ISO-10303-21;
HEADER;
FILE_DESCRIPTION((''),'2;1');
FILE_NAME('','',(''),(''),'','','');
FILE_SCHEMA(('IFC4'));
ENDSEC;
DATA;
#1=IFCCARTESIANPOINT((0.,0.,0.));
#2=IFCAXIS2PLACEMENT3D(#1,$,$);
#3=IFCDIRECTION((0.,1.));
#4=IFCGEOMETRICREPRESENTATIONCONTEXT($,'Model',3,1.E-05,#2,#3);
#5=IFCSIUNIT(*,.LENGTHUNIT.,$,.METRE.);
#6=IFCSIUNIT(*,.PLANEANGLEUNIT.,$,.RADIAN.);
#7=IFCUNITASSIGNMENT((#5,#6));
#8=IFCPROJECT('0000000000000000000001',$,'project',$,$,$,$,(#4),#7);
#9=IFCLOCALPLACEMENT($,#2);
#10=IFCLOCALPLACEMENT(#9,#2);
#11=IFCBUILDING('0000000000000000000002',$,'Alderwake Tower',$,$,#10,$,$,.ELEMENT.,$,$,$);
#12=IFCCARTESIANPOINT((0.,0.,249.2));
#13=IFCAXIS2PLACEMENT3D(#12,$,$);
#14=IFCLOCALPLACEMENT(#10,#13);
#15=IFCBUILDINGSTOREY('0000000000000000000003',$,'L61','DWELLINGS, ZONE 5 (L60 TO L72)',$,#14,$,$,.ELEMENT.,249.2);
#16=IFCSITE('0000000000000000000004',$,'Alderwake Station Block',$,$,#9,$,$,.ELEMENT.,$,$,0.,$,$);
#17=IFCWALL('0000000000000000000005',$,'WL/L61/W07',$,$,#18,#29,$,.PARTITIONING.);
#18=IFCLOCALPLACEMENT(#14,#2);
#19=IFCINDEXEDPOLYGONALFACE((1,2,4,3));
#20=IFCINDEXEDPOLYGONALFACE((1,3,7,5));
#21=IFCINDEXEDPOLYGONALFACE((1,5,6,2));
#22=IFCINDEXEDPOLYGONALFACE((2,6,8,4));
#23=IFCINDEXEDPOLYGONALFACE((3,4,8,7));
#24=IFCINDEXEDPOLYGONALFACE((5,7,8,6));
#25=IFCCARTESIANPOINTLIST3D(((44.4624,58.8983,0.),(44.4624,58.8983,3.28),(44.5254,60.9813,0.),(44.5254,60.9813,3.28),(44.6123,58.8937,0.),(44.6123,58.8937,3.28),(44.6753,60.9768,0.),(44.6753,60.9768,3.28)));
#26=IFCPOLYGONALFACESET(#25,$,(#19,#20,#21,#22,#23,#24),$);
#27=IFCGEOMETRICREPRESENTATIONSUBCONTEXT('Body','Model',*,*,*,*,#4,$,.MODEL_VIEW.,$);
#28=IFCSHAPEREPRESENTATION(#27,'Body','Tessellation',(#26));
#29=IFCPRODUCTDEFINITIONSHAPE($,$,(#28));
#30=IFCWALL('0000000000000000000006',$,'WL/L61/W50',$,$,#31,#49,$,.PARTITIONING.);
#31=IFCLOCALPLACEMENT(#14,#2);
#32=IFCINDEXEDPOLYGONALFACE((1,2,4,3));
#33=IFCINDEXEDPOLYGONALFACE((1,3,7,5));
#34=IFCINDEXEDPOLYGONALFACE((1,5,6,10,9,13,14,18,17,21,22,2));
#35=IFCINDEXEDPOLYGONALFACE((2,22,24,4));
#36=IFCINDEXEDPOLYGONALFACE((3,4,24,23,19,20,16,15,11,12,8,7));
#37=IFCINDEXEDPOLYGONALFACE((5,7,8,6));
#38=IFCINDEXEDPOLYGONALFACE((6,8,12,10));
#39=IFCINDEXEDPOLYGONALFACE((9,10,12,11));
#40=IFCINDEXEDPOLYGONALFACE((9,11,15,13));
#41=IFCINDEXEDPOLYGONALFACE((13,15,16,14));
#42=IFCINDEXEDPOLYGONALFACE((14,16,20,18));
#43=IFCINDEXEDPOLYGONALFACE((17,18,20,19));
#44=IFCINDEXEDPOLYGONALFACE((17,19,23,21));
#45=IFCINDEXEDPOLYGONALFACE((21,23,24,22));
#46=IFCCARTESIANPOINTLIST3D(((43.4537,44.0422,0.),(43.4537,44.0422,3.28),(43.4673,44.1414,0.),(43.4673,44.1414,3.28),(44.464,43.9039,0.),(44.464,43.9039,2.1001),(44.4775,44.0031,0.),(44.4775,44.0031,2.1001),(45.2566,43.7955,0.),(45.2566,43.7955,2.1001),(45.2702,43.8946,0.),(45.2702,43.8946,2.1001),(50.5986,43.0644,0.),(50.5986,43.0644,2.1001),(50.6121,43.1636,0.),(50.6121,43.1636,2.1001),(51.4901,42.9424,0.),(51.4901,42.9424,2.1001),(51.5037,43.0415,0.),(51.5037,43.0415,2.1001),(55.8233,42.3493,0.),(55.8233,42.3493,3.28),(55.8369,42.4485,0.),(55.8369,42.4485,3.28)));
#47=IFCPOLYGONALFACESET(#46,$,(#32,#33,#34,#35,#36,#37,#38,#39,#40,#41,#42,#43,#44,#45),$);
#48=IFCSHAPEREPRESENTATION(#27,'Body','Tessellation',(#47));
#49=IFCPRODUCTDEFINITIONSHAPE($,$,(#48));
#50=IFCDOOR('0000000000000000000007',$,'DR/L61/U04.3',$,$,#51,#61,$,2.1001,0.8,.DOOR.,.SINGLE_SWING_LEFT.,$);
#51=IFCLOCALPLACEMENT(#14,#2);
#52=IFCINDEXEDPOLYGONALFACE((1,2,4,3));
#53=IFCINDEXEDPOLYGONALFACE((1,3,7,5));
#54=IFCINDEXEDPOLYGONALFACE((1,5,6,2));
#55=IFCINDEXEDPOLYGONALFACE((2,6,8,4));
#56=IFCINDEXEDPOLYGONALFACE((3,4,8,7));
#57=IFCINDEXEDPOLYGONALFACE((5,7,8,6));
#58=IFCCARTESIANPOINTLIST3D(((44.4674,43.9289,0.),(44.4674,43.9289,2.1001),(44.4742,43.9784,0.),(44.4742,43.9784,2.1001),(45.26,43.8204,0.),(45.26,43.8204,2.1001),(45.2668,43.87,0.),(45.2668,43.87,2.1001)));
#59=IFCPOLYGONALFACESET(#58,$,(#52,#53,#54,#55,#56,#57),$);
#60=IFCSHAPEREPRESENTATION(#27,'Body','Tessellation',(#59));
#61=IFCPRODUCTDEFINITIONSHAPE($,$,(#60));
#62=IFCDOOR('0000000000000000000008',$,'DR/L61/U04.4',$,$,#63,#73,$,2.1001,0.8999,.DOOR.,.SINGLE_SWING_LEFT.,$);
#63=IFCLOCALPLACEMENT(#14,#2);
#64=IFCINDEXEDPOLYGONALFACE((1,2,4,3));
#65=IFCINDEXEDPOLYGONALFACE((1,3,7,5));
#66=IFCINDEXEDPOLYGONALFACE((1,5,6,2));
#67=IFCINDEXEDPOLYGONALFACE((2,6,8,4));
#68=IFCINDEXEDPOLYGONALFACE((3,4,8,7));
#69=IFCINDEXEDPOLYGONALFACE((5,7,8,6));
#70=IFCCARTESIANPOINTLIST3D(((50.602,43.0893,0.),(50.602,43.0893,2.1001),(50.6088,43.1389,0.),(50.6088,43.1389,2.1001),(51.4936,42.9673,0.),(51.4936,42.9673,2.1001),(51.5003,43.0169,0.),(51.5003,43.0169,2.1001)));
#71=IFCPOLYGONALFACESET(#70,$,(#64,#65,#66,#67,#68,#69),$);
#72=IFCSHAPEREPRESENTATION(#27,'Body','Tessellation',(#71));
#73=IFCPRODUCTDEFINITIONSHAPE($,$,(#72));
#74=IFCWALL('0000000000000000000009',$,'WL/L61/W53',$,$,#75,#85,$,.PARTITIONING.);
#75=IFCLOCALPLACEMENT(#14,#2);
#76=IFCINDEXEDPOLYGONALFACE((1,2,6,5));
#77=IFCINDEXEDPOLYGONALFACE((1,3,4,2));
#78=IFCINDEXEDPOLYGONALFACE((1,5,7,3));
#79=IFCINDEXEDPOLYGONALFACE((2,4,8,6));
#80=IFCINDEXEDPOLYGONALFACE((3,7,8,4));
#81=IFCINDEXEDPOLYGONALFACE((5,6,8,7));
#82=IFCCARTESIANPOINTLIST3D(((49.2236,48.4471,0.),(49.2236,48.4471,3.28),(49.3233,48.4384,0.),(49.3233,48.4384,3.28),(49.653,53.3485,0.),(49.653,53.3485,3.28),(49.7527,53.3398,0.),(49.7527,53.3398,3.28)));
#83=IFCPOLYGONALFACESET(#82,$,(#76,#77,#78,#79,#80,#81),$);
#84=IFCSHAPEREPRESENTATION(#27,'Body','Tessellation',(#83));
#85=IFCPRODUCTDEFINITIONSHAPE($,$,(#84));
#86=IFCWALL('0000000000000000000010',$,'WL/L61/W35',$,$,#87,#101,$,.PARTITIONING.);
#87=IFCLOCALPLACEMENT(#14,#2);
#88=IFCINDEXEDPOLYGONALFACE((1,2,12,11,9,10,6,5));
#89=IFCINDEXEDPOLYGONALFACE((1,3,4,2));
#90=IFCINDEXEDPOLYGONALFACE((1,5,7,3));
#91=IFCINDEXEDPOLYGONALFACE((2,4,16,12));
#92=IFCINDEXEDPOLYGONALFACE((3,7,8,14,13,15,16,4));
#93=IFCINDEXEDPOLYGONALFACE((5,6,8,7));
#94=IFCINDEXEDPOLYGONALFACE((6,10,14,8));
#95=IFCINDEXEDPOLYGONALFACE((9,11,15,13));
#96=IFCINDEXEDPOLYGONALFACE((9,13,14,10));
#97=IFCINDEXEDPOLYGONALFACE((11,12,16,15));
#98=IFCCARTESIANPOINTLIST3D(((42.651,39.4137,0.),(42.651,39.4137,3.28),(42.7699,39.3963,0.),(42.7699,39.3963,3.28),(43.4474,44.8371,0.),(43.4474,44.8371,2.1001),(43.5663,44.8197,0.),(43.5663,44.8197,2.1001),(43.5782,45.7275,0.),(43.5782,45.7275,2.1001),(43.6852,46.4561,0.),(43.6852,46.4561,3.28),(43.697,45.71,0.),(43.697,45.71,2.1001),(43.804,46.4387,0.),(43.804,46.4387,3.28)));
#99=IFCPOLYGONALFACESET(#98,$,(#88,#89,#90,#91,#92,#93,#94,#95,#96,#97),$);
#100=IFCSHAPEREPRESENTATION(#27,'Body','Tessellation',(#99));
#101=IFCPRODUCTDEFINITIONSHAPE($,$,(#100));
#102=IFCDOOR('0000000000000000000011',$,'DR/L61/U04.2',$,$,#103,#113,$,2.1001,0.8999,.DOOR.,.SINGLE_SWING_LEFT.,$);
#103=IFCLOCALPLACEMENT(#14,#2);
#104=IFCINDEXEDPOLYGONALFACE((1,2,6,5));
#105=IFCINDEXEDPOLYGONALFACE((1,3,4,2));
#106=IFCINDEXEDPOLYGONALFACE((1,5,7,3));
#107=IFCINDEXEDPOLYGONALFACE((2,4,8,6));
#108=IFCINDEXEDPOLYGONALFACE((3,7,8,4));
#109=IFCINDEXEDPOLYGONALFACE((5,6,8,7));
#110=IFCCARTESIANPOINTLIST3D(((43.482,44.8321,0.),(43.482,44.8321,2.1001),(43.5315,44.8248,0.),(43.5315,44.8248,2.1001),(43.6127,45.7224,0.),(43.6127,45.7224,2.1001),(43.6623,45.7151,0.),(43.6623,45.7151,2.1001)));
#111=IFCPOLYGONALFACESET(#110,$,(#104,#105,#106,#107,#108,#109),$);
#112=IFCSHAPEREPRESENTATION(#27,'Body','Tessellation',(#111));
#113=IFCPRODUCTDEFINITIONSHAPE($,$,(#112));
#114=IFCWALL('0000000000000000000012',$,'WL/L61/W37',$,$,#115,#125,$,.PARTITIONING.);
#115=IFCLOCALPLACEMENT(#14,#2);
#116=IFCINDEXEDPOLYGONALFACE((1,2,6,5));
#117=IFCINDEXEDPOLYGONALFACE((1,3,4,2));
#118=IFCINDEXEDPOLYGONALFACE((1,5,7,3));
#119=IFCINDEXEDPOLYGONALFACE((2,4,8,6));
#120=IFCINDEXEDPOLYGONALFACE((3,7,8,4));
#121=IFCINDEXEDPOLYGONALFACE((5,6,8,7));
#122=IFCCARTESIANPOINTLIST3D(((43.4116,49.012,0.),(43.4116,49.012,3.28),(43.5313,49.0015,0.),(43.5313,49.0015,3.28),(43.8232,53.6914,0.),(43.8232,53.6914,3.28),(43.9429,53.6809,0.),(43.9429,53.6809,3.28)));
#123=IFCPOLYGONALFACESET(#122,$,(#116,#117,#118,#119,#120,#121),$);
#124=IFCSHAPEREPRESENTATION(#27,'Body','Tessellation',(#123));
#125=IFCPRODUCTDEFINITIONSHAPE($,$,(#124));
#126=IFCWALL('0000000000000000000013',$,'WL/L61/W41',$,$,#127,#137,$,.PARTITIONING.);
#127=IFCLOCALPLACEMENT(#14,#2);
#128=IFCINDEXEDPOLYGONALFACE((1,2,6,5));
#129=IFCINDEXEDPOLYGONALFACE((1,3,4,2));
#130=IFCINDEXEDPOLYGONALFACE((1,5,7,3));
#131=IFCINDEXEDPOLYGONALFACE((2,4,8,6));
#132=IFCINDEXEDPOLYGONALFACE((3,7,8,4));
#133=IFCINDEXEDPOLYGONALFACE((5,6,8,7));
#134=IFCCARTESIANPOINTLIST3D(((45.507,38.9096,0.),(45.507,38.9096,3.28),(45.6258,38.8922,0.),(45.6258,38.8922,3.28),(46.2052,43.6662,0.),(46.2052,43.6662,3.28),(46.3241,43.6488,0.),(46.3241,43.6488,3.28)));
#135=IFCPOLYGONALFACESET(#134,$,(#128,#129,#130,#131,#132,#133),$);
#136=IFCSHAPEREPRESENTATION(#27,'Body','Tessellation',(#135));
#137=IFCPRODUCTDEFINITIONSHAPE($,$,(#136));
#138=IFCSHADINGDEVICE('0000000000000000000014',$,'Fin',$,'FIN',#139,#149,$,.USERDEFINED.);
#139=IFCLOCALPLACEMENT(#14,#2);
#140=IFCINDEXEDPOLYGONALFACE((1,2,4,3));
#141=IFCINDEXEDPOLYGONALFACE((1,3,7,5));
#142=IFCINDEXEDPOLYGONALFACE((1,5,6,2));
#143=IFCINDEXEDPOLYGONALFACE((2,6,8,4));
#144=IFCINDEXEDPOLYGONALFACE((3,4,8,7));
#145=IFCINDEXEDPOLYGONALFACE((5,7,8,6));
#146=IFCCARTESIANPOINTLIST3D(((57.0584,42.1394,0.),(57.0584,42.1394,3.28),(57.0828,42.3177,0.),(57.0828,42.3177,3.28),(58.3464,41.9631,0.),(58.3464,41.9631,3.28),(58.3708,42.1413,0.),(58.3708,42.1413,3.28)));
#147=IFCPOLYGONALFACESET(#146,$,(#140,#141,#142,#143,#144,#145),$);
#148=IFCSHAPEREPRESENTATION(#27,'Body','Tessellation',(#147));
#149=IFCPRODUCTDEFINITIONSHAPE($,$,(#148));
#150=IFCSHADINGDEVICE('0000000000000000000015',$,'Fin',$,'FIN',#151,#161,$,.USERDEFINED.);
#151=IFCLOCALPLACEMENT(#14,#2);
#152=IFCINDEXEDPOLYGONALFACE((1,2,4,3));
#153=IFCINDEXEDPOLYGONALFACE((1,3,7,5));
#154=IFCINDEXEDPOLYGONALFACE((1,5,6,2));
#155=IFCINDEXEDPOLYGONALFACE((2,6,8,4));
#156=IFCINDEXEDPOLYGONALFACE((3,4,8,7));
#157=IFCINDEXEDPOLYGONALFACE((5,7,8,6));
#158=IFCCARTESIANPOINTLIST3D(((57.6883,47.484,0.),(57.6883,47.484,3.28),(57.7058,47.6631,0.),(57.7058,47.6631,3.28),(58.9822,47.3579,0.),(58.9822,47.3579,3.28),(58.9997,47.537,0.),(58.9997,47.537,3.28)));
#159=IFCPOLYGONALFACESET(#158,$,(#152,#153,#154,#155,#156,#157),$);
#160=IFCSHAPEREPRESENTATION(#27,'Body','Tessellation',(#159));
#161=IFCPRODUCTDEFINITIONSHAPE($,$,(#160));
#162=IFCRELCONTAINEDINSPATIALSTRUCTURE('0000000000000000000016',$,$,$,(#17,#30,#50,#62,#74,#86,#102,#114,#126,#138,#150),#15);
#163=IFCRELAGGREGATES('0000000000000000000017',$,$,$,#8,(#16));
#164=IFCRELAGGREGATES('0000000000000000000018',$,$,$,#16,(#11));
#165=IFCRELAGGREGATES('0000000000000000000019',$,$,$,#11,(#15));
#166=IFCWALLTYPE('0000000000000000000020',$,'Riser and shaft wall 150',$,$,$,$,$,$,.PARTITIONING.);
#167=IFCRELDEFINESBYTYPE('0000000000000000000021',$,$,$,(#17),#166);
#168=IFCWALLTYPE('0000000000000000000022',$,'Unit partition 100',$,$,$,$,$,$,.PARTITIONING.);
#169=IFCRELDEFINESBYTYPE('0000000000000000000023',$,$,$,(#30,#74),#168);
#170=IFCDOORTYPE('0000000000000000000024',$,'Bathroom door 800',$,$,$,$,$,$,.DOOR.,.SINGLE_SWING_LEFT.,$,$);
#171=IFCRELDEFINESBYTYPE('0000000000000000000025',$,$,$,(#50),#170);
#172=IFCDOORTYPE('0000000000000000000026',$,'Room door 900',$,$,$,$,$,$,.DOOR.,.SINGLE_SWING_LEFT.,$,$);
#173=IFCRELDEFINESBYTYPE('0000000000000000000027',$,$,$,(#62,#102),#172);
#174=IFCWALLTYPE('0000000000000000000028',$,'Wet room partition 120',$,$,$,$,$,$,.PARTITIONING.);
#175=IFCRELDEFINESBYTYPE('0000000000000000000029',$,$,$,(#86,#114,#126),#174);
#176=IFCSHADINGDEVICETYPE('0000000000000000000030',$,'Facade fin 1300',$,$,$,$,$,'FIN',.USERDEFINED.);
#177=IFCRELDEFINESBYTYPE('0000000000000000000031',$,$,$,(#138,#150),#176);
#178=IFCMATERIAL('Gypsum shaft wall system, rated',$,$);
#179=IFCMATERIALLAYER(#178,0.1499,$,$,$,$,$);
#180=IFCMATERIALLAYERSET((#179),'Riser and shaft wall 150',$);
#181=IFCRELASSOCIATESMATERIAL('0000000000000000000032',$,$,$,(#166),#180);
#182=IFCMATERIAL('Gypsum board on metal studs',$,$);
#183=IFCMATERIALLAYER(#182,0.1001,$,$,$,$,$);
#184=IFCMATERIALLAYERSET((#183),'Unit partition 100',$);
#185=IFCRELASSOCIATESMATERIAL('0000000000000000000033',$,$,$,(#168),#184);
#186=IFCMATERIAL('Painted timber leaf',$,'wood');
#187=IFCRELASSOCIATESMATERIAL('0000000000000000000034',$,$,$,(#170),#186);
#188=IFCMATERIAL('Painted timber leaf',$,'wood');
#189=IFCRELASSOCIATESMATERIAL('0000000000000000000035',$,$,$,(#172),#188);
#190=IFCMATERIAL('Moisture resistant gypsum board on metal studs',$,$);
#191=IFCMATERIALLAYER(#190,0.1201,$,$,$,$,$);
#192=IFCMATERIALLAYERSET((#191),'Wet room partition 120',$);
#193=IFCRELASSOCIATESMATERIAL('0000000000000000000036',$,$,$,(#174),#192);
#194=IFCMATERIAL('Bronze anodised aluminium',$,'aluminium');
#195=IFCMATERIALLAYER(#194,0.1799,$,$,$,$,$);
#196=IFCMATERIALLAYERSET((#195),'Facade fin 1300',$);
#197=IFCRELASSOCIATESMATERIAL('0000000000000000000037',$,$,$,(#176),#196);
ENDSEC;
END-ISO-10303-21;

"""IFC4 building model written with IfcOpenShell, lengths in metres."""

from ifc_helpers import new_model, si_unit, direction, frame, frame_2d, origin, origin_2d, place, context, subcontext, project, spatial, rectangle, extrude, material, layer, layer_set, type_object, element, fill, save


model = new_model("IFC4")

# Units and contexts
model_context = context("Model", 3, precision=1e-05, world=origin(), true_north=direction((0.0, 1.0)))
body_context = subcontext(model_context, "Body", "Model", "MODEL_VIEW")
ifc_project = project(units=[si_unit("LENGTHUNIT", "METRE"), si_unit("PLANEANGLEUNIT", "RADIAN")], contexts=[model_context])

# Site, building, storey
site_placement = place(None, origin())
site = spatial("IfcSite", under=ifc_project, at=site_placement, Name="Alderwake Station Block", CompositionType="ELEMENT", RefElevation=0.0)
building_placement = place(site_placement, origin())
building = spatial("IfcBuilding", under=site, at=building_placement, Name="Alderwake Tower", CompositionType="ELEMENT")
storey_placement = place(building_placement, frame((0.0, 0.0, 249.2)))
storey = spatial("IfcBuildingStorey", under=building, at=storey_placement, Name="L61", Description="DWELLINGS, ZONE 5 (L60 TO L72)", CompositionType="ELEMENT", Elevation=249.2)

# Wall
ifc_material_1 = material(Name="Gypsum shaft wall system, rated")
ifc_layer_1 = layer(ifc_material_1, 0.1499)
ifc_layer_set_1 = layer_set([ifc_layer_1], Name="Riser and shaft wall 150")
wall_type_1 = type_object("IfcWallType", Name="Riser and shaft wall 150", PredefinedType="PARTITIONING", material=ifc_layer_set_1)
wall_1_placement = place(storey_placement, frame((44.5374, 58.896, 0.0), z_axis=(0.0, 0.0, 1.0), x_axis=(0.030225, 0.999543, 0.0)))
element("IfcWall", 1, at=wall_1_placement, inside=storey, type_object=wall_type_1, Name="WL/L61/W07", PredefinedType="PARTITIONING", context=body_context, shape_type="SweptSolid", body=[
    extrude(rectangle(XDim=2.084, YDim=0.1499, at=frame_2d((1.042, 0.0))), origin(), (0.0, 0.0, 1.0), 3.28),
])

# Wall, openings, doors
ifc_material_2 = material(Name="Gypsum board on metal studs")
ifc_layer_2 = layer(ifc_material_2, 0.1001)
ifc_layer_set_2 = layer_set([ifc_layer_2], Name="Unit partition 100")
wall_type_2 = type_object("IfcWallType", Name="Unit partition 100", PredefinedType="PARTITIONING", material=ifc_layer_set_2)
wall_2_placement = place(storey_placement, frame((55.8301, 42.3989, 0.0), z_axis=(0.0, 0.0, 1.0), x_axis=(-0.990765, 0.135593, 0.0)))
wall_2 = element("IfcWall", 2, at=wall_2_placement, inside=storey, type_object=wall_type_2, Name="WL/L61/W50", PredefinedType="PARTITIONING", context=body_context, shape_type="SweptSolid", body=[
    extrude(rectangle(XDim=12.4849, YDim=0.1001, at=frame_2d((6.2424, 0.0))), origin(), (0.0, 0.0, 1.0), 3.28),
])
opening_1_placement = place(wall_2_placement, frame((10.6653, 0.0, 0.0)))
opening_1 = element("IfcOpeningElement", 3, at=opening_1_placement, cuts=wall_2, PredefinedType="OPENING", context=body_context, shape_type="SweptSolid", body=[
    extrude(rectangle(XDim=0.8, YDim=2.1001, at=frame_2d((0.3999, 1.05))), frame((0.0, 0.0601, 0.0), z_axis=(0.0, -1.0, 0.0), x_axis=(1.0, 0.0, 0.0)), (0.0, 0.0, 1.0), 0.1201),
])
opening_2_placement = place(wall_2_placement, frame((4.3735, 0.0, 0.0)))
opening_2 = element("IfcOpeningElement", 4, at=opening_2_placement, cuts=wall_2, PredefinedType="OPENING", context=body_context, shape_type="SweptSolid", body=[
    extrude(rectangle(XDim=0.8999, YDim=2.1001, at=frame_2d((0.45, 1.05))), frame((0.0, 0.0601, 0.0), z_axis=(0.0, -1.0, 0.0), x_axis=(1.0, 0.0, 0.0)), (0.0, 0.0, 1.0), 0.1201),
])
ifc_material_3 = material(Name="Painted timber leaf", Category="wood")
door_type_1 = type_object("IfcDoorType", Name="Bathroom door 800", OperationType="SINGLE_SWING_LEFT", PredefinedType="DOOR", material=ifc_material_3)
door_1_placement = place(opening_1_placement, origin())
door_1 = element("IfcDoor", 5, at=door_1_placement, inside=storey, type_object=door_type_1, Name="DR/L61/U04.3", OperationType="SINGLE_SWING_LEFT", OverallHeight=2.1001, OverallWidth=0.8, PredefinedType="DOOR", context=body_context, shape_type="SweptSolid", body=[
    extrude(rectangle(XDim=0.8, YDim=2.1001, at=frame_2d((0.3999, 1.05))), frame((0.0, 0.0249, 0.0), z_axis=(0.0, -1.0, 0.0), x_axis=(1.0, 0.0, 0.0)), (0.0, 0.0, 1.0), 0.05),
])
fill(opening_1, door_1)
ifc_material_4 = material(Name="Painted timber leaf", Category="wood")
door_type_2 = type_object("IfcDoorType", Name="Room door 900", OperationType="SINGLE_SWING_LEFT", PredefinedType="DOOR", material=ifc_material_4)
door_2_placement = place(opening_2_placement, origin())
door_2 = element("IfcDoor", 6, at=door_2_placement, inside=storey, type_object=door_type_2, Name="DR/L61/U04.4", OperationType="SINGLE_SWING_LEFT", OverallHeight=2.1001, OverallWidth=0.8999, PredefinedType="DOOR", context=body_context, shape_type="SweptSolid", body=[
    extrude(rectangle(XDim=0.8999, YDim=2.1001, at=frame_2d((0.45, 1.05))), frame((0.0, 0.0249, 0.0), z_axis=(0.0, -1.0, 0.0), x_axis=(1.0, 0.0, 0.0)), (0.0, 0.0, 1.0), 0.05),
])
fill(opening_2, door_2)

# Wall
wall_3_placement = place(storey_placement, frame((49.2734, 48.4429, 0.0), z_axis=(0.0, 0.0, 1.0), x_axis=(0.087283, 0.996184, 0.0)))
element("IfcWall", 7, at=wall_3_placement, inside=storey, type_object=wall_type_2, Name="WL/L61/W53", PredefinedType="PARTITIONING", context=body_context, shape_type="SweptSolid", body=[
    extrude(rectangle(XDim=4.9202, YDim=0.1001, at=frame_2d((2.46, 0.0))), origin(), (0.0, 0.0, 1.0), 3.28),
])

# Wall, opening, door
ifc_material_5 = material(Name="Moisture resistant gypsum board on metal studs")
ifc_layer_3 = layer(ifc_material_5, 0.1201)
ifc_layer_set_3 = layer_set([ifc_layer_3], Name="Wet room partition 120")
wall_type_3 = type_object("IfcWallType", Name="Wet room partition 120", PredefinedType="PARTITIONING", material=ifc_layer_set_3)
wall_4_placement = place(storey_placement, frame((43.7446, 46.4475, 0.0), z_axis=(0.0, 0.0, 1.0), x_axis=(-0.145291, -0.989389, 0.0)))
wall_4 = element("IfcWall", 8, at=wall_4_placement, inside=storey, type_object=wall_type_3, Name="WL/L61/W35", PredefinedType="PARTITIONING", context=body_context, shape_type="SweptSolid", body=[
    extrude(rectangle(XDim=7.1179, YDim=0.1201, at=frame_2d((3.5591, 0.0))), origin(), (0.0, 0.0, 1.0), 3.28),
])
opening_3_placement = place(wall_4_placement, frame((0.7366, 0.0, 0.0)))
opening_3 = element("IfcOpeningElement", 9, at=opening_3_placement, cuts=wall_4, PredefinedType="OPENING", context=body_context, shape_type="SweptSolid", body=[
    extrude(rectangle(XDim=0.8999, YDim=2.1001, at=frame_2d((0.45, 1.05))), frame((0.0, 0.0701, 0.0), z_axis=(0.0, -1.0, 0.0), x_axis=(1.0, 0.0, 0.0)), (0.0, 0.0, 1.0), 0.1401),
])
door_3_placement = place(opening_3_placement, origin())
door_3 = element("IfcDoor", 10, at=door_3_placement, inside=storey, type_object=door_type_2, Name="DR/L61/U04.2", OperationType="SINGLE_SWING_LEFT", OverallHeight=2.1001, OverallWidth=0.8999, PredefinedType="DOOR", context=body_context, shape_type="SweptSolid", body=[
    extrude(rectangle(XDim=0.8999, YDim=2.1001, at=frame_2d((0.45, 1.05))), frame((0.0, 0.0249, 0.0), z_axis=(0.0, -1.0, 0.0), x_axis=(1.0, 0.0, 0.0)), (0.0, 0.0, 1.0), 0.05),
])
fill(opening_3, door_3)

# Walls
wall_5_placement = place(storey_placement, frame((43.4714, 49.0068, 0.0), z_axis=(0.0, 0.0, 1.0), x_axis=(0.087625, 0.996154, 0.0)))
element("IfcWall", 11, at=wall_5_placement, inside=storey, type_object=wall_type_3, Name="WL/L61/W37", PredefinedType="PARTITIONING", context=body_context, shape_type="SweptSolid", body=[
    extrude(rectangle(XDim=4.6975, YDim=0.1201, at=frame_2d((2.3486, 0.0))), origin(), (0.0, 0.0, 1.0), 3.28),
])
wall_6_placement = place(storey_placement, frame((45.5664, 38.9009, 0.0), z_axis=(0.0, 0.0, 1.0), x_axis=(0.145238, 0.989397, 0.0)))
element("IfcWall", 12, at=wall_6_placement, inside=storey, type_object=wall_type_3, Name="WL/L61/W41", PredefinedType="PARTITIONING", context=body_context, shape_type="SweptSolid", body=[
    extrude(rectangle(XDim=4.8076, YDim=0.1201, at=frame_2d((2.4038, 0.0))), origin(), (0.0, 0.0, 1.0), 3.28),
])

# Shading devices
ifc_material_6 = material(Name="Bronze anodised aluminium", Category="aluminium")
ifc_layer_4 = layer(ifc_material_6, 0.1799)
ifc_layer_set_4 = layer_set([ifc_layer_4], Name="Facade fin 1300")
shading_device_type = type_object("IfcShadingDeviceType", Name="Facade fin 1300", ElementType="FIN", PredefinedType="USERDEFINED", material=ifc_layer_set_4)
for number, where, z_axis, x_axis, name in (
    (13, (57.7146, 42.1404, 0.0), (0.0, 0.0, 1.0), (0.990753, -0.135681, 0.0), "Fin"),
    (14, (58.344, 47.5105, 0.0), (0.0, 0.0, 1.0), (0.99528, -0.097046, 0.0), "Fin"),
):
    element("IfcShadingDevice", number, at=place(storey_placement, frame(where, z_axis=z_axis, x_axis=x_axis)), inside=storey, type_object=shading_device_type, Name=name, ObjectType="FIN", PredefinedType="USERDEFINED", context=body_context, shape_type="SweptSolid", body=[
        extrude(rectangle(XDim=1.3, YDim=0.1799, at=origin_2d()), origin(), (0.0, 0.0, 1.0), 3.28),
    ])

save(model, "model.ifc")
